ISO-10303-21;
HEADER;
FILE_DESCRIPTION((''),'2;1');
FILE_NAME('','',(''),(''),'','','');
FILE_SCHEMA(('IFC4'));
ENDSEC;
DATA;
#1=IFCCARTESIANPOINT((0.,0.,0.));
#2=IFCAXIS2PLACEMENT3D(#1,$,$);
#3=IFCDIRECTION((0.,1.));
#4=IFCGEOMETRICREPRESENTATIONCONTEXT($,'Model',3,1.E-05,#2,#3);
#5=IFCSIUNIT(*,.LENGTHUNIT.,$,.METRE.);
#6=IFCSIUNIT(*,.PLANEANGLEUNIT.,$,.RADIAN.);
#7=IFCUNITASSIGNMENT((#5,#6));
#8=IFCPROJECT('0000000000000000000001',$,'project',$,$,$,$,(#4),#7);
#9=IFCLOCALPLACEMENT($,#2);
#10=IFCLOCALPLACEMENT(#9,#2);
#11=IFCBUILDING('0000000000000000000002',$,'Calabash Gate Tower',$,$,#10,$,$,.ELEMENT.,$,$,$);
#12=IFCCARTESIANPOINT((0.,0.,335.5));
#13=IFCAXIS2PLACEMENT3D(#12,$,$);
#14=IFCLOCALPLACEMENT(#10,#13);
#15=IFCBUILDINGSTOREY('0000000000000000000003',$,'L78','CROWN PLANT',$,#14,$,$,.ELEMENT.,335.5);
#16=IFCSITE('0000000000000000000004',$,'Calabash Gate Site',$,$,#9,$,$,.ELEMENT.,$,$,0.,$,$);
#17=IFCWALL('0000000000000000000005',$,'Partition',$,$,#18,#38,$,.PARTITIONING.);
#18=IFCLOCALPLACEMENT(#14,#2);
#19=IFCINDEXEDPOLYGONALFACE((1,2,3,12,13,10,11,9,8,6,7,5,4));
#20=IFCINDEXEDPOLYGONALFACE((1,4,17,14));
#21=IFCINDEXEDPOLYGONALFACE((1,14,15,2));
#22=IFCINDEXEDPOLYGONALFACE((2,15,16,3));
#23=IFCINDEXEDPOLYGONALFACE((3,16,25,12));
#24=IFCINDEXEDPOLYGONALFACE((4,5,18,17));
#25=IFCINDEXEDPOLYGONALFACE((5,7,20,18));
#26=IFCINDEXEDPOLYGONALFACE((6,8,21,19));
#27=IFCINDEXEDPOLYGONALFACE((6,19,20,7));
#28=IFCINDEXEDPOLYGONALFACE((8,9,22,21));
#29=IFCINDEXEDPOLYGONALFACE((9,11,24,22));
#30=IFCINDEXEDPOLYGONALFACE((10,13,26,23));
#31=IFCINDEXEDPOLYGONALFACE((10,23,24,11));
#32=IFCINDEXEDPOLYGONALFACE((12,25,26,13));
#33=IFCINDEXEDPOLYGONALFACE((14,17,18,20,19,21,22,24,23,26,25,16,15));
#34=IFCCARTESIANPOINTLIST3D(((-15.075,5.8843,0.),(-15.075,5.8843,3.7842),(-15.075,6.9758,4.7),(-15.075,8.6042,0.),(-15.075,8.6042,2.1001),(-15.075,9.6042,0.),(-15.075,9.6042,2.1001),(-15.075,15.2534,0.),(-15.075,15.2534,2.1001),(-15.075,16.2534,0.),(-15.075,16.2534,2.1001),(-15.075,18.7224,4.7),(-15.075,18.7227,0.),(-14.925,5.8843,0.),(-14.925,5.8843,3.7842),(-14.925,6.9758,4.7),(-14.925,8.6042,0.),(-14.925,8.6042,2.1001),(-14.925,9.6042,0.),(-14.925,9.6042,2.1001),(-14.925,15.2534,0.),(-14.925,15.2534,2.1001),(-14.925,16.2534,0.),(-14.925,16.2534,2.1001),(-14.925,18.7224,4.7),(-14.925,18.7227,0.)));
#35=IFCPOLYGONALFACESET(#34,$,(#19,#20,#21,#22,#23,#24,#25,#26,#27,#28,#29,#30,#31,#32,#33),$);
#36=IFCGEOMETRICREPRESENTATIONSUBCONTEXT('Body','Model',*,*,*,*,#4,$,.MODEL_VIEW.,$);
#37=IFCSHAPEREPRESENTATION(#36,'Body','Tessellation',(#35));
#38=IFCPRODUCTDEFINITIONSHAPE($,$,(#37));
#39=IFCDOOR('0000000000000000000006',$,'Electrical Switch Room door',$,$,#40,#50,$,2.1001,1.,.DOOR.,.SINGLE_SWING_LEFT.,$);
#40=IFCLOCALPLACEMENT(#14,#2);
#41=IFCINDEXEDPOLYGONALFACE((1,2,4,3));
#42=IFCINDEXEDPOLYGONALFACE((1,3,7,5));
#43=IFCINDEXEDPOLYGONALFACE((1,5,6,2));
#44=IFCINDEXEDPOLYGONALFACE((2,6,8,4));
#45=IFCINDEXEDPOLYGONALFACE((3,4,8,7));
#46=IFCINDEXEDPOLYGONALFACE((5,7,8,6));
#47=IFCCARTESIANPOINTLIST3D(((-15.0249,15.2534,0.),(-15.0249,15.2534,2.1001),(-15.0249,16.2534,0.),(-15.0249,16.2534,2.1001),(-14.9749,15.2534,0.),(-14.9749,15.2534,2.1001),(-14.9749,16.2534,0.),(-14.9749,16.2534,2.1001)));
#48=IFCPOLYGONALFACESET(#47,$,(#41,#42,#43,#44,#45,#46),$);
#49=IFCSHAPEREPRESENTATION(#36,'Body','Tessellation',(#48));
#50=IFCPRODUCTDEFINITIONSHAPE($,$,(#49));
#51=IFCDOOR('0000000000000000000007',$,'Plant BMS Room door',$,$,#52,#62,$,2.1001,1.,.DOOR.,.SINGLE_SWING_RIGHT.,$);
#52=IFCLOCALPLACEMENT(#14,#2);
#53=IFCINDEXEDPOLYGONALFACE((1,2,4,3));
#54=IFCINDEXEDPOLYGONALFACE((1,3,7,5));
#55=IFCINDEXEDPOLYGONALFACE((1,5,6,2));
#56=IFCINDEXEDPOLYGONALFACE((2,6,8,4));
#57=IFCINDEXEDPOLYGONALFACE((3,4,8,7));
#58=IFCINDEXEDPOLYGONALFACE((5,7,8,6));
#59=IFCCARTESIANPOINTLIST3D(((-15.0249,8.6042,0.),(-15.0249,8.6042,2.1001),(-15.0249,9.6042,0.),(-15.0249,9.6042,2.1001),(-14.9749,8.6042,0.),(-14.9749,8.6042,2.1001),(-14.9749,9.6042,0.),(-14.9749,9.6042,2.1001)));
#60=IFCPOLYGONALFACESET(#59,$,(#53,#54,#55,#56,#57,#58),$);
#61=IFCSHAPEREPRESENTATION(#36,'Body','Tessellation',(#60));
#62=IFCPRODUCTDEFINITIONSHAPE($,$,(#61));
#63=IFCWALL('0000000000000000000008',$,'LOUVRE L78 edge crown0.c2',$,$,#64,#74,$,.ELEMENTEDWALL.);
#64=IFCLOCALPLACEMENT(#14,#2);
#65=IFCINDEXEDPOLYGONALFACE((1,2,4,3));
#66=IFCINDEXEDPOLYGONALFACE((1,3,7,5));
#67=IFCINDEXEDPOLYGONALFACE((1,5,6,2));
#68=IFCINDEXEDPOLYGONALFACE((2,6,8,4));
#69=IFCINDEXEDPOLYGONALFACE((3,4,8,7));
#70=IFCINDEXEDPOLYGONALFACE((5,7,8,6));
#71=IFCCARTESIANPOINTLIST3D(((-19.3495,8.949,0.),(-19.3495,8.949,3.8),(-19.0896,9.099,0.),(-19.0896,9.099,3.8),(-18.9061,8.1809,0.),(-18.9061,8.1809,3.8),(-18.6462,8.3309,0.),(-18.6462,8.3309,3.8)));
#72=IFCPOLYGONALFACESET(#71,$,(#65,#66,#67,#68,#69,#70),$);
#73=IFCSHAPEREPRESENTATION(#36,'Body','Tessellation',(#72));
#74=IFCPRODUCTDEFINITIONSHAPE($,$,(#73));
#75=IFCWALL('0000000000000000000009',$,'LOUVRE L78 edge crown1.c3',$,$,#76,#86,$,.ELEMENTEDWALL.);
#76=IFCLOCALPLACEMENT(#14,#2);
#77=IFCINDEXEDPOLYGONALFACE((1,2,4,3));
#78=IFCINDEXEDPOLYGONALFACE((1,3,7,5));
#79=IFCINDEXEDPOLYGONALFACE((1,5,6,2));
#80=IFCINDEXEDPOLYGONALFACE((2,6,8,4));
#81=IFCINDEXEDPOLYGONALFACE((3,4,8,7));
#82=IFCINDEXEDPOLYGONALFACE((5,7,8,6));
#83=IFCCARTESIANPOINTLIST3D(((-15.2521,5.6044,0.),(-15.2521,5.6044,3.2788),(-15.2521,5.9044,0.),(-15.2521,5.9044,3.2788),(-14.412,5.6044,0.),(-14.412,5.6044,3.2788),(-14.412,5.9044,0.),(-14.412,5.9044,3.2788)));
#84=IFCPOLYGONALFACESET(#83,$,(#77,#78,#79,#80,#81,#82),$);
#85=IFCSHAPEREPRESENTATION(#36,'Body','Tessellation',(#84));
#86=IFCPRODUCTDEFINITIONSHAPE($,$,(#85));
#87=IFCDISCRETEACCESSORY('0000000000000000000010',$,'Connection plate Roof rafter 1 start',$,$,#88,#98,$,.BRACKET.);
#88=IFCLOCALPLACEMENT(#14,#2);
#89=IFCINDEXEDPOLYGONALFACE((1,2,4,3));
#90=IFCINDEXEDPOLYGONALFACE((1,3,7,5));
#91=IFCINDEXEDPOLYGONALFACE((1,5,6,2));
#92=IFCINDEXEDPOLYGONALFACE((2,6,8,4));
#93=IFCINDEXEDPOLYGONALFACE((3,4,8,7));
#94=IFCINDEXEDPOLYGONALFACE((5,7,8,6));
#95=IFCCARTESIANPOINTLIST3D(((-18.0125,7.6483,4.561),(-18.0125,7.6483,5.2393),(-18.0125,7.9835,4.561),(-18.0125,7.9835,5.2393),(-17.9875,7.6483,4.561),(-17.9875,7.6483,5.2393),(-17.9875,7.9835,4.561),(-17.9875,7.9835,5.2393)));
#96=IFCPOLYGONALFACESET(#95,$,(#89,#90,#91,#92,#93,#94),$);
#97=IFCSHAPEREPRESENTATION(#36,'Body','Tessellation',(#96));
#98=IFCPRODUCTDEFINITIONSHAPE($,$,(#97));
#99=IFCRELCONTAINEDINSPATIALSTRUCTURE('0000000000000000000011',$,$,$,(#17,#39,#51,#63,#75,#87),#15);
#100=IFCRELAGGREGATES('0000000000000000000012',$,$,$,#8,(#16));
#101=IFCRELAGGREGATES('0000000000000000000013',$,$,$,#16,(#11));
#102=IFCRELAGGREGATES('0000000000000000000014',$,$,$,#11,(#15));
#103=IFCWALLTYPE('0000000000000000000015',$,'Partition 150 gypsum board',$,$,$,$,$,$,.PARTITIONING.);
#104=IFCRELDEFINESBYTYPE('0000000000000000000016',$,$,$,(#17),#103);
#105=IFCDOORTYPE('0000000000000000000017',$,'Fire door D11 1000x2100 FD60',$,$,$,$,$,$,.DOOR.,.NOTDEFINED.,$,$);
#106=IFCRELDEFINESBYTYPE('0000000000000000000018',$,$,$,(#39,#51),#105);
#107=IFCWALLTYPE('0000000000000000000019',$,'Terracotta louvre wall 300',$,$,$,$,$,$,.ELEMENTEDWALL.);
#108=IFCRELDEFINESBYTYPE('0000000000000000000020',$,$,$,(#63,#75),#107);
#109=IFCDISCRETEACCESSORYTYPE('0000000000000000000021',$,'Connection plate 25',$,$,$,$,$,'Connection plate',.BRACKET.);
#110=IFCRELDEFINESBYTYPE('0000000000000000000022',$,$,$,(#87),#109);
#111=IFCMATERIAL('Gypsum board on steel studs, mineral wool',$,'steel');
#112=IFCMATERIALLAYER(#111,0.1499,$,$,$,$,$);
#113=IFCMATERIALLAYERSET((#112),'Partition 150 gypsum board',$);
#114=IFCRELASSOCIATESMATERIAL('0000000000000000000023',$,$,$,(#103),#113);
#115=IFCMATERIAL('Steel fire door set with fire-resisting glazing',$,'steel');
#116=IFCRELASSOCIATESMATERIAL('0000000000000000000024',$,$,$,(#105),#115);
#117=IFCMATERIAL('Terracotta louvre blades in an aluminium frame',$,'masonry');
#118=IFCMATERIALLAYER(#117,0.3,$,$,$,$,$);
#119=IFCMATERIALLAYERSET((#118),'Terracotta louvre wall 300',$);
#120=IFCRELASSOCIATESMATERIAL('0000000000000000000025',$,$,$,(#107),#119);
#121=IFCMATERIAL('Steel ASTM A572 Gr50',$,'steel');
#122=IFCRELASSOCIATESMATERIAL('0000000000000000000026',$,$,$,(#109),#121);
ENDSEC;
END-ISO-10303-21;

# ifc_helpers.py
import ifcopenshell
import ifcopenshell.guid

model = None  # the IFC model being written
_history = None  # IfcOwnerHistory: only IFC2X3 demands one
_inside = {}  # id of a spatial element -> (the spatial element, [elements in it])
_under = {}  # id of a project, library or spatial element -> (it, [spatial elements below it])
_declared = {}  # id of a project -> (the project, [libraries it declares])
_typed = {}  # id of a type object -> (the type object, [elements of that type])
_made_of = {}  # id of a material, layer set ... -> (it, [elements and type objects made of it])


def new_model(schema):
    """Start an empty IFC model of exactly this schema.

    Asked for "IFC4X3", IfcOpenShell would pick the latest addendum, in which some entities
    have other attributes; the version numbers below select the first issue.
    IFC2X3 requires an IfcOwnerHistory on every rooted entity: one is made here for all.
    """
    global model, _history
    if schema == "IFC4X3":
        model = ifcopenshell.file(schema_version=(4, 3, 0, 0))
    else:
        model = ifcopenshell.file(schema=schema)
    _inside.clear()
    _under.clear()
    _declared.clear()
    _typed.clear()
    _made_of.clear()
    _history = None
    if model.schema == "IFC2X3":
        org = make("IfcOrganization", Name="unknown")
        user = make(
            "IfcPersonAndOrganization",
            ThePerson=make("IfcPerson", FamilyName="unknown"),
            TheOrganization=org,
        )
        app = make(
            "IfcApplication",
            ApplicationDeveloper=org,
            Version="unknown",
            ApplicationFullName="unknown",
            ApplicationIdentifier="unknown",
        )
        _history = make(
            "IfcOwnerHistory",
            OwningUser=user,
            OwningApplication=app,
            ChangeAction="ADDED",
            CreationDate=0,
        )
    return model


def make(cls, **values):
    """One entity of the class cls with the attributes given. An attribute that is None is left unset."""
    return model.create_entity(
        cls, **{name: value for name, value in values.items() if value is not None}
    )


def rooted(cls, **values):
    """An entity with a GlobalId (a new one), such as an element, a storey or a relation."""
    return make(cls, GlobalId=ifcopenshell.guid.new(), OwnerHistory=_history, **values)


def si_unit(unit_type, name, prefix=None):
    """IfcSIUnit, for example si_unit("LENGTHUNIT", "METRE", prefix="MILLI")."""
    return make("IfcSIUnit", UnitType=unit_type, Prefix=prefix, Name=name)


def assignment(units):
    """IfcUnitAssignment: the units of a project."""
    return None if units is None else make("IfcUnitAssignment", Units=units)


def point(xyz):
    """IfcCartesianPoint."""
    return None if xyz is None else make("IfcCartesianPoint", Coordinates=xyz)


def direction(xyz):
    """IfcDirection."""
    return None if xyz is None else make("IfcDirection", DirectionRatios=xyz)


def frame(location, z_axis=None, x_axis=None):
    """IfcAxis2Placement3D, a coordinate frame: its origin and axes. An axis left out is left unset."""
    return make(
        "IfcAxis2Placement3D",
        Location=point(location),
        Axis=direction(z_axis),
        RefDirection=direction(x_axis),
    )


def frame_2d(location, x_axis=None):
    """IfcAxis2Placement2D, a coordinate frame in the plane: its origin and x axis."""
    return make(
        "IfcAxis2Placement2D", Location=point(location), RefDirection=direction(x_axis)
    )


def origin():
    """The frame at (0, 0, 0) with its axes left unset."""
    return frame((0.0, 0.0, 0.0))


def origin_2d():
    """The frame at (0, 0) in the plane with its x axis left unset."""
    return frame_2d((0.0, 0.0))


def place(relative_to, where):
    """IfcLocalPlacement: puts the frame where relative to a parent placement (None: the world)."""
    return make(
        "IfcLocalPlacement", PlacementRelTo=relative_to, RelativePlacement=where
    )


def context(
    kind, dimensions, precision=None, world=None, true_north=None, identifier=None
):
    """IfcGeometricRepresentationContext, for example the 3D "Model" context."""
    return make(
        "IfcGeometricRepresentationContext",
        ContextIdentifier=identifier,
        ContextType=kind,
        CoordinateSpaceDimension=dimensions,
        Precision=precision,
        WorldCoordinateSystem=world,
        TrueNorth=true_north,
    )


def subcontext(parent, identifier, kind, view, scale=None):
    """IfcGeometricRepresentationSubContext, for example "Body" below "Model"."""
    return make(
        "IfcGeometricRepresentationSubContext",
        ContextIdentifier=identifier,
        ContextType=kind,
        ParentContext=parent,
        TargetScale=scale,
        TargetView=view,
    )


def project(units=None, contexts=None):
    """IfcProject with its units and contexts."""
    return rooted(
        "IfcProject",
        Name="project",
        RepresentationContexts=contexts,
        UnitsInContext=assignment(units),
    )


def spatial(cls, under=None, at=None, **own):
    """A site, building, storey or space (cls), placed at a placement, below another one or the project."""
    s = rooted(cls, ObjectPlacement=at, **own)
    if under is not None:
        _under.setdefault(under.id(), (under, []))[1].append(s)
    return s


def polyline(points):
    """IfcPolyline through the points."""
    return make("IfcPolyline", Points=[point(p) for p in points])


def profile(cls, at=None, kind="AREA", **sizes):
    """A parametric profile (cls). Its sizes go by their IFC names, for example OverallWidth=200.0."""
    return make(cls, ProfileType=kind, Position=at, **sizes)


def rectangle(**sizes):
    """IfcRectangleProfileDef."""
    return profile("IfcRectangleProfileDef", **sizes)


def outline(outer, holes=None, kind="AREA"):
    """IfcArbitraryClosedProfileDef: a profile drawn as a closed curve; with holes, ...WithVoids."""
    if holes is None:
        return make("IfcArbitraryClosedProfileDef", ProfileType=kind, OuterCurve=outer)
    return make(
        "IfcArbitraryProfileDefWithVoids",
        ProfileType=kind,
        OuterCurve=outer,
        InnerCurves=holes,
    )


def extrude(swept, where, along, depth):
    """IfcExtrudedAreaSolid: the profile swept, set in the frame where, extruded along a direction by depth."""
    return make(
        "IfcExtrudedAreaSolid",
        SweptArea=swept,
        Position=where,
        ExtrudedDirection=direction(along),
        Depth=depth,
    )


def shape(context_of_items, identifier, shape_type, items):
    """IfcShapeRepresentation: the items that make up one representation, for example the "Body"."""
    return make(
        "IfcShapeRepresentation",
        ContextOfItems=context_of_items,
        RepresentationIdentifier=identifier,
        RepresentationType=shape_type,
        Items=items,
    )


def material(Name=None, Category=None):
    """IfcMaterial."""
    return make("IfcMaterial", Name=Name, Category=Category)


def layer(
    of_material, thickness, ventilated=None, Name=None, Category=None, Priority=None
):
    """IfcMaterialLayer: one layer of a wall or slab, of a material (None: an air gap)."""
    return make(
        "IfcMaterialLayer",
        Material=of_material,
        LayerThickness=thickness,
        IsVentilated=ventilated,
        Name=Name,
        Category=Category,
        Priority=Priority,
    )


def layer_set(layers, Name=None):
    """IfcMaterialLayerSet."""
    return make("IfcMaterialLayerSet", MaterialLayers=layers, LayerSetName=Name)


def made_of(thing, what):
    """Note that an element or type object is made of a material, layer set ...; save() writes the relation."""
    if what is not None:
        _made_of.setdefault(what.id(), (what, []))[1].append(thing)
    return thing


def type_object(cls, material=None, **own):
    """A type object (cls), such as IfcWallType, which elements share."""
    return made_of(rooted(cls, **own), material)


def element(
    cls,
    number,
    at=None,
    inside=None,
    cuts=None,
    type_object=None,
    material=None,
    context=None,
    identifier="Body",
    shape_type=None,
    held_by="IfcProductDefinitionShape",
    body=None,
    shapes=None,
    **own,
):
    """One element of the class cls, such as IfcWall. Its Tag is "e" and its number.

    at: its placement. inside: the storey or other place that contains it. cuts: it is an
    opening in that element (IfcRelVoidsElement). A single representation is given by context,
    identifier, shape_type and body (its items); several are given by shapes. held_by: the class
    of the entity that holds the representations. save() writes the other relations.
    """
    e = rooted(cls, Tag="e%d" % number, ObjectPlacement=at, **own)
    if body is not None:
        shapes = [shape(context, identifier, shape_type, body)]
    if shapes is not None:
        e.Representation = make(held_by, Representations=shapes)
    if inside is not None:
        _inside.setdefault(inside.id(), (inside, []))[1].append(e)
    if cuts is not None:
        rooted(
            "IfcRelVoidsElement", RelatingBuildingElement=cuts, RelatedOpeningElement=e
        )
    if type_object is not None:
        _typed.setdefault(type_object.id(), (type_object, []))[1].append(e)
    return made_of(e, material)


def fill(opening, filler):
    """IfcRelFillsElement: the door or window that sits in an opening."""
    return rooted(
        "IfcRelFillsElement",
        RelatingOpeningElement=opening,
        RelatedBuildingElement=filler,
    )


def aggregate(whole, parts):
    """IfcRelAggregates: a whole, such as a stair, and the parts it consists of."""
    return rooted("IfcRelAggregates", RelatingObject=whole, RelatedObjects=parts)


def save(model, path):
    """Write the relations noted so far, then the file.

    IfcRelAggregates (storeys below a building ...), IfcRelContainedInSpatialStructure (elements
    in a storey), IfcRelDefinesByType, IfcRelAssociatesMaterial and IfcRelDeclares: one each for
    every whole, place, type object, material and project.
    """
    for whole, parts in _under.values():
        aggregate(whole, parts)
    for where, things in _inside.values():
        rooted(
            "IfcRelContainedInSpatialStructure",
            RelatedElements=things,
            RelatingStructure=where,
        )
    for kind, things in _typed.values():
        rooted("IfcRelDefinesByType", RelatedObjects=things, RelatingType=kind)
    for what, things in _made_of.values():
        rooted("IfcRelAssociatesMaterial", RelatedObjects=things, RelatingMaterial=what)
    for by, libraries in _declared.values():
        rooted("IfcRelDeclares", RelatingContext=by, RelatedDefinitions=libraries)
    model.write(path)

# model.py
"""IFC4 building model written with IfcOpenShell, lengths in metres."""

from ifc_helpers import new_model, si_unit, direction, frame, frame_2d, origin, origin_2d, place, context, subcontext, project, spatial, polyline, rectangle, outline, extrude, material, layer, layer_set, type_object, element, fill, save


model = new_model("IFC4")

# Units and contexts
model_context = context("Model", 3, precision=1e-05, world=origin(), true_north=direction((0.0, 1.0)))
body_context = subcontext(model_context, "Body", "Model", "MODEL_VIEW")
ifc_project = project(units=[si_unit("LENGTHUNIT", "METRE"), si_unit("PLANEANGLEUNIT", "RADIAN")], contexts=[model_context])

# Site, building, storey
site_placement = place(None, origin())
site = spatial("IfcSite", under=ifc_project, at=site_placement, Name="Calabash Gate Site", CompositionType="ELEMENT", RefElevation=0.0)
building_placement = place(site_placement, origin())
building = spatial("IfcBuilding", under=site, at=building_placement, Name="Calabash Gate Tower", CompositionType="ELEMENT")
storey_placement = place(building_placement, frame((0.0, 0.0, 335.5)))
storey = spatial("IfcBuildingStorey", under=building, at=storey_placement, Name="L78", Description="CROWN PLANT", CompositionType="ELEMENT", Elevation=335.5)

# Wall, openings, doors
ifc_material_1 = material(Name="Gypsum board on steel studs, mineral wool", Category="steel")
ifc_layer_1 = layer(ifc_material_1, 0.1499)
ifc_layer_set_1 = layer_set([ifc_layer_1], Name="Partition 150 gypsum board")
wall_type_1 = type_object("IfcWallType", Name="Partition 150 gypsum board", PredefinedType="PARTITIONING", material=ifc_layer_set_1)
wall_1_placement = place(storey_placement, frame((-15.0, 5.8843, 0.0), z_axis=(0.0, 0.0, 1.0), x_axis=(0.0, 1.0, 0.0)))
wall_1 = element("IfcWall", 1, at=wall_1_placement, inside=storey, type_object=wall_type_1, Name="Partition", PredefinedType="PARTITIONING", context=body_context, shape_type="SweptSolid", body=[
    extrude(outline(polyline([(0.0, 0.0), (12.8384, 0.0), (12.8381, 4.7), (1.0916, 4.7), (0.0, 3.7842), (0.0, 0.0)])), frame((0.0, 0.075, 0.0), z_axis=(0.0, -1.0, 0.0), x_axis=(1.0, 0.0, 0.0)), (0.0, 0.0, 1.0), 0.1499),
])
opening_1_placement = place(wall_1_placement, frame((9.3691, 0.0, 0.0)))
opening_1 = element("IfcOpeningElement", 2, at=opening_1_placement, cuts=wall_1, PredefinedType="OPENING", context=body_context, shape_type="SweptSolid", body=[
    extrude(rectangle(XDim=1.0, YDim=2.1001, at=frame_2d((0.5, 1.05))), frame((0.0, 0.085, 0.0), z_axis=(0.0, -1.0, 0.0), x_axis=(1.0, 0.0, 0.0)), (0.0, 0.0, 1.0), 0.1699),
])
opening_2_placement = place(wall_1_placement, frame((2.72, 0.0, 0.0)))
opening_2 = element("IfcOpeningElement", 3, at=opening_2_placement, cuts=wall_1, PredefinedType="OPENING", context=body_context, shape_type="SweptSolid", body=[
    extrude(rectangle(XDim=1.0, YDim=2.1001, at=frame_2d((0.5, 1.05))), frame((0.0, 0.085, 0.0), z_axis=(0.0, -1.0, 0.0), x_axis=(1.0, 0.0, 0.0)), (0.0, 0.0, 1.0), 0.1699),
])
ifc_material_2 = material(Name="Steel fire door set with fire-resisting glazing", Category="steel")
door_type = type_object("IfcDoorType", Name="Fire door D11 1000x2100 FD60", OperationType="NOTDEFINED", PredefinedType="DOOR", material=ifc_material_2)
door_1_placement = place(opening_1_placement, origin())
door_1 = element("IfcDoor", 4, at=door_1_placement, inside=storey, type_object=door_type, Name="Electrical Switch Room door", OperationType="SINGLE_SWING_LEFT", OverallHeight=2.1001, OverallWidth=1.0, PredefinedType="DOOR", context=body_context, shape_type="SweptSolid", body=[
    extrude(rectangle(XDim=1.0, YDim=2.1001, at=frame_2d((0.5, 1.05))), frame((0.0, 0.0249, 0.0), z_axis=(0.0, -1.0, 0.0), x_axis=(1.0, 0.0, 0.0)), (0.0, 0.0, 1.0), 0.05),
])
fill(opening_1, door_1)
door_2_placement = place(opening_2_placement, origin())
door_2 = element("IfcDoor", 5, at=door_2_placement, inside=storey, type_object=door_type, Name="Plant BMS Room door", OperationType="SINGLE_SWING_RIGHT", OverallHeight=2.1001, OverallWidth=1.0, PredefinedType="DOOR", context=body_context, shape_type="SweptSolid", body=[
    extrude(rectangle(XDim=1.0, YDim=2.1001, at=frame_2d((0.5, 1.05))), frame((0.0, 0.0249, 0.0), z_axis=(0.0, -1.0, 0.0), x_axis=(1.0, 0.0, 0.0)), (0.0, 0.0, 1.0), 0.05),
])
fill(opening_2, door_2)

# Walls
ifc_material_3 = material(Name="Terracotta louvre blades in an aluminium frame", Category="masonry")
ifc_layer_2 = layer(ifc_material_3, 0.3)
ifc_layer_set_2 = layer_set([ifc_layer_2], Name="Terracotta louvre wall 300")
wall_type_2 = type_object("IfcWallType", Name="Terracotta louvre wall 300", PredefinedType="ELEMENTEDWALL", material=ifc_layer_set_2)
wall_2_placement = place(storey_placement, frame((-19.2195, 9.0239, 0.0), z_axis=(0.0, 0.0, 1.0), x_axis=(0.499929, -0.866066, 0.0)))
element("IfcWall", 6, at=wall_2_placement, inside=storey, type_object=wall_type_2, Name="LOUVRE L78 edge crown0.c2", PredefinedType="ELEMENTEDWALL", context=body_context, shape_type="SweptSolid", body=[
    extrude(rectangle(XDim=0.887, YDim=0.3, at=frame_2d((0.4434, 0.0))), origin(), (0.0, 0.0, 1.0), 3.8),
])
wall_3_placement = place(storey_placement, frame((-15.252, 5.7544, 0.0), z_axis=(0.0, 0.0, 1.0), x_axis=(1.0, 0.0, 0.0)))
element("IfcWall", 7, at=wall_3_placement, inside=storey, type_object=wall_type_2, Name="LOUVRE L78 edge crown1.c3", PredefinedType="ELEMENTEDWALL", context=body_context, shape_type="SweptSolid", body=[
    extrude(rectangle(XDim=0.8401, YDim=0.3, at=frame_2d((0.4199, 0.0))), origin(), (0.0, 0.0, 1.0), 3.2788),
])

# Discrete accessory
ifc_material_4 = material(Name="Steel ASTM A572 Gr50", Category="steel")
discrete_accessory_type = type_object("IfcDiscreteAccessoryType", Name="Connection plate 25", ElementType="Connection plate", PredefinedType="BRACKET", material=ifc_material_4)
discrete_accessory_placement = place(storey_placement, frame((-18.0, 7.8159, 4.561), z_axis=(0.0, 0.0, 1.0), x_axis=(0.0, 1.0, 0.0)))
element("IfcDiscreteAccessory", 8, at=discrete_accessory_placement, inside=storey, type_object=discrete_accessory_type, Name="Connection plate Roof rafter 1 start", PredefinedType="BRACKET", context=body_context, shape_type="SweptSolid", body=[
    extrude(rectangle(XDim=0.3352, YDim=0.0249, at=origin_2d()), origin(), (0.0, 0.0, 1.0), 0.6782),
])

save(model, "model.ifc")
